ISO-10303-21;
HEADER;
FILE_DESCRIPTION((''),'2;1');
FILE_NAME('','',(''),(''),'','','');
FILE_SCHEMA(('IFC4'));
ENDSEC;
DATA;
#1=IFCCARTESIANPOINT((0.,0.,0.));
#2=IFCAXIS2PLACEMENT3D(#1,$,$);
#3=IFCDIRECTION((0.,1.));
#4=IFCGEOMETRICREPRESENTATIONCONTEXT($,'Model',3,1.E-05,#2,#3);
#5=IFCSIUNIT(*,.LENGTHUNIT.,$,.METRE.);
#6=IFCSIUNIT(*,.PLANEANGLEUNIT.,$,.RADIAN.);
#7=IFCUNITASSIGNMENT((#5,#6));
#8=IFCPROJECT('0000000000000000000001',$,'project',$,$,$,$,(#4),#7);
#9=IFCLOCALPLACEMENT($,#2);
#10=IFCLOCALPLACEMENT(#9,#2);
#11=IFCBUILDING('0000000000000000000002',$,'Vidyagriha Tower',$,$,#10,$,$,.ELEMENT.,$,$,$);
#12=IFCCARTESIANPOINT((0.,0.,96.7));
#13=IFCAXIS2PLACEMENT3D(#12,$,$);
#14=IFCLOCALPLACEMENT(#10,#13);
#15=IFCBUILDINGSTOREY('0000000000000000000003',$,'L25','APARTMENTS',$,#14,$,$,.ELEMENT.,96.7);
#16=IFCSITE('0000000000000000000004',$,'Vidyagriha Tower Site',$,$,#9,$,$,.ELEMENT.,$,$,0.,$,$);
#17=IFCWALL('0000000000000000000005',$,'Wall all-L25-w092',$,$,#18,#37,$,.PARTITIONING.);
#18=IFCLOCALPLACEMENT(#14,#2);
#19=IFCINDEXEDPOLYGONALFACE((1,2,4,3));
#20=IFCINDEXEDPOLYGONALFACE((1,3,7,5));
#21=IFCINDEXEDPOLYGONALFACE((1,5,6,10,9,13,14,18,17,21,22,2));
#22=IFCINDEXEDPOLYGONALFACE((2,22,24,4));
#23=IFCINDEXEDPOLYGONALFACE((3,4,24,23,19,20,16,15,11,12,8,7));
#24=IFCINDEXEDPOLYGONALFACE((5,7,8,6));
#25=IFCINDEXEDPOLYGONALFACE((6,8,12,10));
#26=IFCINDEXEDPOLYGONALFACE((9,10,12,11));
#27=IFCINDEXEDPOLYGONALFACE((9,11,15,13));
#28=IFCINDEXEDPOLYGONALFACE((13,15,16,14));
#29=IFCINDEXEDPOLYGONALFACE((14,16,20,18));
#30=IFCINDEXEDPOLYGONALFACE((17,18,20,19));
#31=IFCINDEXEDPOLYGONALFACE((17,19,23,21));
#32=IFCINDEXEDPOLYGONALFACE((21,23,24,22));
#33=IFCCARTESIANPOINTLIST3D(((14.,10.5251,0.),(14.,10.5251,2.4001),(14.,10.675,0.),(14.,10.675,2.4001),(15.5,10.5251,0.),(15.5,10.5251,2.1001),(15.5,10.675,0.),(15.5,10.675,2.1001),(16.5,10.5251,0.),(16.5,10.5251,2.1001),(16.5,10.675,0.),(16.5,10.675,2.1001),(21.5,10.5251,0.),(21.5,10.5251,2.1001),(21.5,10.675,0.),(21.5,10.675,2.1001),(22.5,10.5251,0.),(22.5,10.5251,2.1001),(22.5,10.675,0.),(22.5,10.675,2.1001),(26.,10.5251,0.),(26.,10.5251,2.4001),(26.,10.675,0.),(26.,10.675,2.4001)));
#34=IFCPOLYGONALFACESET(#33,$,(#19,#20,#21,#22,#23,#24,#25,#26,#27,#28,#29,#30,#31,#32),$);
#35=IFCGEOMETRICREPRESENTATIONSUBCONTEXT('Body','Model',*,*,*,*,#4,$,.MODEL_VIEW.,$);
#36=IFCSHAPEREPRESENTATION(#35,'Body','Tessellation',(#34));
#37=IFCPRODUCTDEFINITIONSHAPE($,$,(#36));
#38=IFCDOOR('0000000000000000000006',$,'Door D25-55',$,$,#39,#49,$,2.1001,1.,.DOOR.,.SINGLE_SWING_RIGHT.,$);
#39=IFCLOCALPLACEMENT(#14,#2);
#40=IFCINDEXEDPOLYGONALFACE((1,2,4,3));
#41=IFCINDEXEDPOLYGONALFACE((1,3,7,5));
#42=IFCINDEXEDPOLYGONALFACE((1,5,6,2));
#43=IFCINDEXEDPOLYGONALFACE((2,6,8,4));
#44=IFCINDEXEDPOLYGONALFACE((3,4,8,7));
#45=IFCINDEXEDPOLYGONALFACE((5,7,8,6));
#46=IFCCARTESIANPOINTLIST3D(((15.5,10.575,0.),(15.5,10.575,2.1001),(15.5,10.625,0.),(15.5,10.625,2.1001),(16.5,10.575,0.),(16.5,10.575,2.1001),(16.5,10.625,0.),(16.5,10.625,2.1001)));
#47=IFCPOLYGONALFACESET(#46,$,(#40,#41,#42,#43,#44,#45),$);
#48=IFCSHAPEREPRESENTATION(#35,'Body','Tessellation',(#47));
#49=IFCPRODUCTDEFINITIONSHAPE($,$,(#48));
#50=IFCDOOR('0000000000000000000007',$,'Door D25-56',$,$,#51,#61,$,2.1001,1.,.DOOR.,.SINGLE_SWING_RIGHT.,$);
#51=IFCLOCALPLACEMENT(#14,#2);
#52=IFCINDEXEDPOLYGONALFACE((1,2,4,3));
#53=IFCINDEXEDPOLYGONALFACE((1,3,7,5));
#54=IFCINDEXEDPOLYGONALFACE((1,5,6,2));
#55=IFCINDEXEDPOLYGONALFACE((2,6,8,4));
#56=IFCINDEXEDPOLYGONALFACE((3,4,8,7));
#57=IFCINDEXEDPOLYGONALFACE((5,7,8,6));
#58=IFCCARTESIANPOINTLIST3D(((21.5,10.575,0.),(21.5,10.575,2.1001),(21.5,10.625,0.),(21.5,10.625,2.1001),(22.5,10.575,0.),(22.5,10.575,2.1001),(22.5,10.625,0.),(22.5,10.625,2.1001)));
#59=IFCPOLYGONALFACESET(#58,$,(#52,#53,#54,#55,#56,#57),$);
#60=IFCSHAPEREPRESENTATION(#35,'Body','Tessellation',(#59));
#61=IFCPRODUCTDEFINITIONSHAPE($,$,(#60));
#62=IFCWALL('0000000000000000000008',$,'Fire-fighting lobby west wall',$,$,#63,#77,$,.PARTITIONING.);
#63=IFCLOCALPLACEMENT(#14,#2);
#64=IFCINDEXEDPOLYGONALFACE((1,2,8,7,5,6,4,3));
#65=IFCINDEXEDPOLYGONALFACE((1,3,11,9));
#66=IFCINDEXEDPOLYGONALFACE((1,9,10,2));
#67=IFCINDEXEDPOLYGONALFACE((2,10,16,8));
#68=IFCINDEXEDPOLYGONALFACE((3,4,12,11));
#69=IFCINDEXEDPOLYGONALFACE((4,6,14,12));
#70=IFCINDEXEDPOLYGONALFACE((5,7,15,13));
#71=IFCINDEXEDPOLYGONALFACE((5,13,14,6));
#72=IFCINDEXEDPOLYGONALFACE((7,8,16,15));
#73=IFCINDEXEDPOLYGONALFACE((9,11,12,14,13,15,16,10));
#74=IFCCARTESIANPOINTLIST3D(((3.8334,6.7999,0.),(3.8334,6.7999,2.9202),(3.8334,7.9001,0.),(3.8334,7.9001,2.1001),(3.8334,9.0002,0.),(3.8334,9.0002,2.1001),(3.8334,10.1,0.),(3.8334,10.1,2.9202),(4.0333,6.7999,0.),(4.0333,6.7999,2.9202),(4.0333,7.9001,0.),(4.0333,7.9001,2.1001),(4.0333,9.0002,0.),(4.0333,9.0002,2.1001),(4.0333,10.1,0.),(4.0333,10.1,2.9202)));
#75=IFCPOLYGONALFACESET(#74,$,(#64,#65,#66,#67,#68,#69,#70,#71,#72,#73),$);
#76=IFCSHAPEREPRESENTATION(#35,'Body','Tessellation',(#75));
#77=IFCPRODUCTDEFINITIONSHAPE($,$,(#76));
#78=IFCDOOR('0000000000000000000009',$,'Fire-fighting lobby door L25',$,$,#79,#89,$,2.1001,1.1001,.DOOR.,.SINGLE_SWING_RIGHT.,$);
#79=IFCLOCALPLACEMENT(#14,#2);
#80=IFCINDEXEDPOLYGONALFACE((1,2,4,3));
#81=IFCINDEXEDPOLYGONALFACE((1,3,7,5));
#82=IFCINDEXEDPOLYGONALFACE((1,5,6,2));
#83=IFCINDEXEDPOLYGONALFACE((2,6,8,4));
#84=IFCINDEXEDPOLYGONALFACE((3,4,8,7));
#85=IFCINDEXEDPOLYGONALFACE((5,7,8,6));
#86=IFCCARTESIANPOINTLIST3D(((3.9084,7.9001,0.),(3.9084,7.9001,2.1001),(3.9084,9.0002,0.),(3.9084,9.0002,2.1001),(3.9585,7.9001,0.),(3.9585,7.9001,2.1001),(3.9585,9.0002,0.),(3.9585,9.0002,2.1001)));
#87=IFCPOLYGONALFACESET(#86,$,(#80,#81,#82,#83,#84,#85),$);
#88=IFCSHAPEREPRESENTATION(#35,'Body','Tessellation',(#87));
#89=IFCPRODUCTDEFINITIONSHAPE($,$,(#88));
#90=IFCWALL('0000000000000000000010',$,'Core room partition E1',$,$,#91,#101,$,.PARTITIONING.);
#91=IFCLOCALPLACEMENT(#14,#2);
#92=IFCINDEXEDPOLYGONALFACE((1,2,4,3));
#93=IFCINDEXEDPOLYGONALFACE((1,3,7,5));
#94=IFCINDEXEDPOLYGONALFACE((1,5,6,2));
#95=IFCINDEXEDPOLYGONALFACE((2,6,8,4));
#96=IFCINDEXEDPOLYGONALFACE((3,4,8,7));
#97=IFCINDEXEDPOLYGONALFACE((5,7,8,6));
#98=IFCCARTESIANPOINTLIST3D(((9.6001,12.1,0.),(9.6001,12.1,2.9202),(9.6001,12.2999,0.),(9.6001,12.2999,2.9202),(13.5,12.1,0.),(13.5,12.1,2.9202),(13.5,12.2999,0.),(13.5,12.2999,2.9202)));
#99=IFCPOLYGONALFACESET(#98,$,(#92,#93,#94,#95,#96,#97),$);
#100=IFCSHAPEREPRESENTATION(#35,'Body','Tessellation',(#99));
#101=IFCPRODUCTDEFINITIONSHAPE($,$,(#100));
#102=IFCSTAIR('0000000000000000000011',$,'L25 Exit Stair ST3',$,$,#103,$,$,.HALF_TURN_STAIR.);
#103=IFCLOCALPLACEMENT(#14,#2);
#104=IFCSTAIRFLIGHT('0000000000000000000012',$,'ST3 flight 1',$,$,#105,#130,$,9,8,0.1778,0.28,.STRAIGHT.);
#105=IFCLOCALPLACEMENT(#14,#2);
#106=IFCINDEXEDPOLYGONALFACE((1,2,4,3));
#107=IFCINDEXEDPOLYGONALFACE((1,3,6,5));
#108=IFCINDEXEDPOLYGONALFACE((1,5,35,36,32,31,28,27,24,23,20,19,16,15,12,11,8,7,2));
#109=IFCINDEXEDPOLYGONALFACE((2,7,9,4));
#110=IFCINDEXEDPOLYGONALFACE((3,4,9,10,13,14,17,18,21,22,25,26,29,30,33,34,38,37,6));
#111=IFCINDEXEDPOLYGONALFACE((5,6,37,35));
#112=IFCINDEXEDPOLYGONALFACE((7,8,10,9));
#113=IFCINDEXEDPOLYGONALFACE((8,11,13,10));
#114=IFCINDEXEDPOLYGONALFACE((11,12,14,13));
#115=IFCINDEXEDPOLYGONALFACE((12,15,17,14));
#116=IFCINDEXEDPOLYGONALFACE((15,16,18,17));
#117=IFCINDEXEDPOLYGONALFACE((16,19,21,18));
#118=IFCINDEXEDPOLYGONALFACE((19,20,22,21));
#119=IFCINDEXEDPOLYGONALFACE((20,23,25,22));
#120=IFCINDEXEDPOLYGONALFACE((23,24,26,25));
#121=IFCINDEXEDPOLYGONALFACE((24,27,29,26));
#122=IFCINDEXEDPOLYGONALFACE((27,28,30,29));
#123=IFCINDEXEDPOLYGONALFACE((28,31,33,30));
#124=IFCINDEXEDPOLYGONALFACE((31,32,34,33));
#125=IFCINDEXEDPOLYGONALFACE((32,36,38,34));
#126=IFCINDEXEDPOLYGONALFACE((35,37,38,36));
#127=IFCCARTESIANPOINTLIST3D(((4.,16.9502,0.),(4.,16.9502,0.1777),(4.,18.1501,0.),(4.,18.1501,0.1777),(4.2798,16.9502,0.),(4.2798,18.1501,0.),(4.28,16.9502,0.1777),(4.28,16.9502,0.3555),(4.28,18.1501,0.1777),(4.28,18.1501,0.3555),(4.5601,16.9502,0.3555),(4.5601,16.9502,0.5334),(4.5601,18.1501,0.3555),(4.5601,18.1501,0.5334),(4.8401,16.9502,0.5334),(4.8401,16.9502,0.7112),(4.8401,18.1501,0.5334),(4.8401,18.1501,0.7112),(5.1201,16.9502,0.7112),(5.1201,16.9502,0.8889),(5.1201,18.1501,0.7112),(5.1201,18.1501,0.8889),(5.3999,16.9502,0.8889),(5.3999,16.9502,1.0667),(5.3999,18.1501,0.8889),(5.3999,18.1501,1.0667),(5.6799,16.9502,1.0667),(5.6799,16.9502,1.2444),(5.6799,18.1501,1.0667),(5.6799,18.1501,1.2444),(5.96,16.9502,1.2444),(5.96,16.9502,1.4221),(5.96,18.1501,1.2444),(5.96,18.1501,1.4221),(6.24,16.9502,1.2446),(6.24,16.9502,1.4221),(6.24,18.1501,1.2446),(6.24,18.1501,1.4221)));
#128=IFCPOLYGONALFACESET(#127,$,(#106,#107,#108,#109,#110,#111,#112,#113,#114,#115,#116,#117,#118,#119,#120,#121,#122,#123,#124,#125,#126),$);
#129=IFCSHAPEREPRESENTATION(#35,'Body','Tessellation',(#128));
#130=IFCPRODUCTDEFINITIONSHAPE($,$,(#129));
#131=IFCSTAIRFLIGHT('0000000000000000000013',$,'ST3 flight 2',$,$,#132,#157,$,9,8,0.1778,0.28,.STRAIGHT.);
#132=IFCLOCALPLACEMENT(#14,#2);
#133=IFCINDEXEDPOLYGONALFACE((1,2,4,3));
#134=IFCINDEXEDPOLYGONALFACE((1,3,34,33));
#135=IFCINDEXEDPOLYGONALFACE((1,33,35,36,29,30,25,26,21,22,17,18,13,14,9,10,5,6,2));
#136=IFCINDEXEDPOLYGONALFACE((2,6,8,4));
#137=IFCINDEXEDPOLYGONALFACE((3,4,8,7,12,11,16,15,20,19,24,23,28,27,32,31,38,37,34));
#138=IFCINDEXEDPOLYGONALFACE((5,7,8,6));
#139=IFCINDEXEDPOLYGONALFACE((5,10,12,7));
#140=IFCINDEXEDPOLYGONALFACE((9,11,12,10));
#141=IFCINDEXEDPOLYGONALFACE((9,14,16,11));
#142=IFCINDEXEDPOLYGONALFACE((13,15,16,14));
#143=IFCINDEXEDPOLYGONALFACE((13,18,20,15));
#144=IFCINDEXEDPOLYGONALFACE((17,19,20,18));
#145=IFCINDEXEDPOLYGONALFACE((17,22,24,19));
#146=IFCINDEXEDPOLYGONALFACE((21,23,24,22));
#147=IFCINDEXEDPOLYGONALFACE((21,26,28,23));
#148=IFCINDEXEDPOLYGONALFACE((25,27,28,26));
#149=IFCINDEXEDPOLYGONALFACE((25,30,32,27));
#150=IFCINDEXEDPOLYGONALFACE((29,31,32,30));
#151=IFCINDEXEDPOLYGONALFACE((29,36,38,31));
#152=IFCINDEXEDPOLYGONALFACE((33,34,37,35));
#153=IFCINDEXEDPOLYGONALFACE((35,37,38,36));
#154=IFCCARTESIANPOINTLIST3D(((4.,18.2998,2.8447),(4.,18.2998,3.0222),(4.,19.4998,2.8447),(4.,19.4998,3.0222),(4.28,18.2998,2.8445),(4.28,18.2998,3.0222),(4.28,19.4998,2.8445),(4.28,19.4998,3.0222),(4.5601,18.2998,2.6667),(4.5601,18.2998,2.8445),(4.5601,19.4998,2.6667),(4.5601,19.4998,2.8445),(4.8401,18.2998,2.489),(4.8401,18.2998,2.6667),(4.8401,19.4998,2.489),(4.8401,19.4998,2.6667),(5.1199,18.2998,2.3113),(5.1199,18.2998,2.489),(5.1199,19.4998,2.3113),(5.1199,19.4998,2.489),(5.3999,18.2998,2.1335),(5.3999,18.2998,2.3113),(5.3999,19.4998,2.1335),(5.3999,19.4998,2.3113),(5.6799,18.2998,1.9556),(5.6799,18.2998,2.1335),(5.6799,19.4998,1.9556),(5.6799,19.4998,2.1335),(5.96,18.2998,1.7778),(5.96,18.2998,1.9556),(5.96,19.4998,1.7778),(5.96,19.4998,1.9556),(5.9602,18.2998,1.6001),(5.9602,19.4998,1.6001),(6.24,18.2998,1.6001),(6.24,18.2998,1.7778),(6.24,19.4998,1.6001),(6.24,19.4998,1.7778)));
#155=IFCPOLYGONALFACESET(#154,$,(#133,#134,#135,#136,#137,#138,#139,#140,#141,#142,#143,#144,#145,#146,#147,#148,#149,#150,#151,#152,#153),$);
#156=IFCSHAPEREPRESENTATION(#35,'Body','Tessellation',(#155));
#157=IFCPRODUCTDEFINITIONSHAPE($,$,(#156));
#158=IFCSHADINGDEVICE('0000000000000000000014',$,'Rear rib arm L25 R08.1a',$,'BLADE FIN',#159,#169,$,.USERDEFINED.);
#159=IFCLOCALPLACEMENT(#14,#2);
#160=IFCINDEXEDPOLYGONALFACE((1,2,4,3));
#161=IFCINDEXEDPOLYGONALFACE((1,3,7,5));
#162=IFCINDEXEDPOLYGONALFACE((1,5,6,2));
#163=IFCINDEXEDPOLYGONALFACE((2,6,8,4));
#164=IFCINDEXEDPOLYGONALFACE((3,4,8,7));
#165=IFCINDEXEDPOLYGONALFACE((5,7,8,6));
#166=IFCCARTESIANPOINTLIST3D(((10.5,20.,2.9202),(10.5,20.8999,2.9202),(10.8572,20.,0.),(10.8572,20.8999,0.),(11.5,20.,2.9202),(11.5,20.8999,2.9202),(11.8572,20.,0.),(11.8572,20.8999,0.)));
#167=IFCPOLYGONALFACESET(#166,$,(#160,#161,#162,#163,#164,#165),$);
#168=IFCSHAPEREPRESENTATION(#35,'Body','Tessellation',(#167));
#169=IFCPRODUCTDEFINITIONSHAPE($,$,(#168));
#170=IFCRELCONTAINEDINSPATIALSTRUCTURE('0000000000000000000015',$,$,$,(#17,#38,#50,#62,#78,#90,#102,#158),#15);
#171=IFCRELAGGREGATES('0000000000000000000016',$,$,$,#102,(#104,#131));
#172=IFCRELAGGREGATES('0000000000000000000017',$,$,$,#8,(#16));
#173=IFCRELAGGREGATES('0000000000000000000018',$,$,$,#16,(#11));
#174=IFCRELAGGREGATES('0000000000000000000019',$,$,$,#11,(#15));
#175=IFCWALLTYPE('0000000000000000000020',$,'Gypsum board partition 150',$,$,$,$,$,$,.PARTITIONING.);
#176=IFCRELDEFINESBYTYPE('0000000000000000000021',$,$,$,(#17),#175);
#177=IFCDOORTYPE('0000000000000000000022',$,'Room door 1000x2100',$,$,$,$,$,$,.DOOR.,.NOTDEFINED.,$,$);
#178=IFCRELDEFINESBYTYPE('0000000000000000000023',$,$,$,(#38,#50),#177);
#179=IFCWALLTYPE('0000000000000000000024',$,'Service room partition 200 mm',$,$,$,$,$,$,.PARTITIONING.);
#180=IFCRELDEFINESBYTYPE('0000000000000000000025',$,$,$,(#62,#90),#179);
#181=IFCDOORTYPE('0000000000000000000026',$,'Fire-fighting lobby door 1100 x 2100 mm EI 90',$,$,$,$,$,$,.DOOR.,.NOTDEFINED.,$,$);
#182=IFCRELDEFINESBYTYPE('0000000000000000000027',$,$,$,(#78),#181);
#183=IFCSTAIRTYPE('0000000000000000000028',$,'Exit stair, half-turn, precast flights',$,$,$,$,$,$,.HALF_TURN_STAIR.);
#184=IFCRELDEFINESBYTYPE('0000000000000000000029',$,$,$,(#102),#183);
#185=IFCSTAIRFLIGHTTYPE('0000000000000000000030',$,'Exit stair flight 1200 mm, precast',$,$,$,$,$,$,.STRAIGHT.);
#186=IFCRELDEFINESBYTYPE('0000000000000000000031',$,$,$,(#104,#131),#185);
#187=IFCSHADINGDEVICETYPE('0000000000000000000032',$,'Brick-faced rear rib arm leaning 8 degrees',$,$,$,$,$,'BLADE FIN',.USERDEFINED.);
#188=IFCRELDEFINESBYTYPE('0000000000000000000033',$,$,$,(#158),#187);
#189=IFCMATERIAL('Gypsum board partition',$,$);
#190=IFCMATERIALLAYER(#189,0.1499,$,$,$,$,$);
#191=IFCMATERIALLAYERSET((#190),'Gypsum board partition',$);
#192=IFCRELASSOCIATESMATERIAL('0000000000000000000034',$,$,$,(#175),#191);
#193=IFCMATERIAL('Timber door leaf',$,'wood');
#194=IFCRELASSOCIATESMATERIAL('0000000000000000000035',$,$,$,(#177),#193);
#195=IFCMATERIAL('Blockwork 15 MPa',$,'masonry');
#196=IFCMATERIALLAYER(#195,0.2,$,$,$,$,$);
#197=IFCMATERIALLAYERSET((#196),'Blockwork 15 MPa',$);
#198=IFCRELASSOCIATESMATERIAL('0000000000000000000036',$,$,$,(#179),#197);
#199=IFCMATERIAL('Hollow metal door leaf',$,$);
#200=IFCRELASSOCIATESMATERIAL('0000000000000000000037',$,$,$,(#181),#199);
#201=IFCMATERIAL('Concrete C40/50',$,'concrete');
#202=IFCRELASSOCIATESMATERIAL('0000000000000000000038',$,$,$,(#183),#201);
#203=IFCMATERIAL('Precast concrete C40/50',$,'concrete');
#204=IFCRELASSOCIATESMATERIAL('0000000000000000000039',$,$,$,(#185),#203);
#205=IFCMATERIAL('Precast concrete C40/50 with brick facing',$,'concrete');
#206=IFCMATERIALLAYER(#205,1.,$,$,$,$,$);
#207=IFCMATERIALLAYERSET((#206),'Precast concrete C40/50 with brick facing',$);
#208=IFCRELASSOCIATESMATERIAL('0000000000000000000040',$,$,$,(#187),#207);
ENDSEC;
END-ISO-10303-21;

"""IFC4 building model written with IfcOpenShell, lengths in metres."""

from ifc_helpers import new_model, si_unit, direction, frame, frame_2d, origin, place, context, subcontext, project, spatial, polyline, rectangle, outline, extrude, material, layer, layer_set, type_object, element, fill, aggregate, save


model = new_model("IFC4")

# Units and contexts
model_context = context("Model", 3, precision=1e-05, world=origin(), true_north=direction((0.0, 1.0)))
body_context = subcontext(model_context, "Body", "Model", "MODEL_VIEW")
ifc_project = project(units=[si_unit("LENGTHUNIT", "METRE"), si_unit("PLANEANGLEUNIT", "RADIAN")], contexts=[model_context])

# Site, building, storey
site_placement = place(None, origin())
site = spatial("IfcSite", under=ifc_project, at=site_placement, Name="Vidyagriha Tower Site", CompositionType="ELEMENT", RefElevation=0.0)
building_placement = place(site_placement, origin())
building = spatial("IfcBuilding", under=site, at=building_placement, Name="Vidyagriha Tower", CompositionType="ELEMENT")
storey_placement = place(building_placement, frame((0.0, 0.0, 96.7)))
storey = spatial("IfcBuildingStorey", under=building, at=storey_placement, Name="L25", Description="APARTMENTS", CompositionType="ELEMENT", Elevation=96.7)

# Wall, openings, doors
ifc_material_1 = material(Name="Gypsum board partition")
ifc_layer_1 = layer(ifc_material_1, 0.1499)
ifc_layer_set_1 = layer_set([ifc_layer_1], Name="Gypsum board partition")
wall_type_1 = type_object("IfcWallType", Name="Gypsum board partition 150", PredefinedType="PARTITIONING", material=ifc_layer_set_1)
wall_1_placement = place(storey_placement, frame((14.0, 10.6001, 0.0)))
wall_1 = element("IfcWall", 1, at=wall_1_placement, inside=storey, type_object=wall_type_1, Name="Wall all-L25-w092", PredefinedType="PARTITIONING", context=body_context, shape_type="SweptSolid", body=[
    extrude(rectangle(XDim=12.0, YDim=0.1499, at=frame_2d((6.0, 0.0))), origin(), (0.0, 0.0, 1.0), 2.4001),
])
opening_1_placement = place(wall_1_placement, frame((1.5, 0.0, 0.0)))
opening_1 = element("IfcOpeningElement", 2, at=opening_1_placement, cuts=wall_1, PredefinedType="OPENING", context=body_context, shape_type="SweptSolid", body=[
    extrude(rectangle(XDim=1.0, YDim=2.1001, at=frame_2d((0.5, 1.05))), frame((0.0, 0.085, 0.0), z_axis=(0.0, -1.0, 0.0), x_axis=(1.0, 0.0, 0.0)), (0.0, 0.0, 1.0), 0.1699),
])
opening_2_placement = place(wall_1_placement, frame((7.5, 0.0, 0.0)))
opening_2 = element("IfcOpeningElement", 3, at=opening_2_placement, cuts=wall_1, PredefinedType="OPENING", context=body_context, shape_type="SweptSolid", body=[
    extrude(rectangle(XDim=1.0, YDim=2.1001, at=frame_2d((0.5, 1.05))), frame((0.0, 0.085, 0.0), z_axis=(0.0, -1.0, 0.0), x_axis=(1.0, 0.0, 0.0)), (0.0, 0.0, 1.0), 0.1699),
])
ifc_material_2 = material(Name="Timber door leaf", Category="wood")
door_type_1 = type_object("IfcDoorType", Name="Room door 1000x2100", OperationType="NOTDEFINED", PredefinedType="DOOR", material=ifc_material_2)
door_1_placement = place(opening_1_placement, origin())
door_1 = element("IfcDoor", 4, at=door_1_placement, inside=storey, type_object=door_type_1, Name="Door D25-55", OperationType="SINGLE_SWING_RIGHT", OverallHeight=2.1001, OverallWidth=1.0, PredefinedType="DOOR", context=body_context, shape_type="SweptSolid", body=[
    extrude(rectangle(XDim=1.0, YDim=2.1001, at=frame_2d((0.5, 1.05))), frame((0.0, 0.0249, 0.0), z_axis=(0.0, -1.0, 0.0), x_axis=(1.0, 0.0, 0.0)), (0.0, 0.0, 1.0), 0.05),
])
fill(opening_1, door_1)
door_2_placement = place(opening_2_placement, origin())
door_2 = element("IfcDoor", 5, at=door_2_placement, inside=storey, type_object=door_type_1, Name="Door D25-56", OperationType="SINGLE_SWING_RIGHT", OverallHeight=2.1001, OverallWidth=1.0, PredefinedType="DOOR", context=body_context, shape_type="SweptSolid", body=[
    extrude(rectangle(XDim=1.0, YDim=2.1001, at=frame_2d((0.5, 1.05))), frame((0.0, 0.0249, 0.0), z_axis=(0.0, -1.0, 0.0), x_axis=(1.0, 0.0, 0.0)), (0.0, 0.0, 1.0), 0.05),
])
fill(opening_2, door_2)

# Wall, opening, door
ifc_material_3 = material(Name="Blockwork 15 MPa", Category="masonry")
ifc_layer_2 = layer(ifc_material_3, 0.2)
ifc_layer_set_2 = layer_set([ifc_layer_2], Name="Blockwork 15 MPa")
wall_type_2 = type_object("IfcWallType", Name="Service room partition 200 mm", PredefinedType="PARTITIONING", material=ifc_layer_set_2)
wall_2_placement = place(storey_placement, frame((3.9333, 6.8, 0.0), z_axis=(0.0, 0.0, 1.0), x_axis=(0.0, 1.0, 0.0)))
wall_2 = element("IfcWall", 6, at=wall_2_placement, inside=storey, type_object=wall_type_2, Name="Fire-fighting lobby west wall", PredefinedType="PARTITIONING", context=body_context, shape_type="SweptSolid", body=[
    extrude(rectangle(XDim=3.3, YDim=0.2, at=frame_2d((1.6499, 0.0))), origin(), (0.0, 0.0, 1.0), 2.9202),
])
opening_3_placement = place(wall_2_placement, frame((1.1001, 0.0, 0.0)))
opening_3 = element("IfcOpeningElement", 7, at=opening_3_placement, cuts=wall_2, PredefinedType="OPENING", context=body_context, shape_type="SweptSolid", body=[
    extrude(rectangle(XDim=1.1001, YDim=2.1001, at=frame_2d((0.55, 1.05))), frame((0.0, 0.1099, 0.0), z_axis=(0.0, -1.0, 0.0), x_axis=(1.0, 0.0, 0.0)), (0.0, 0.0, 1.0), 0.22),
])
ifc_material_4 = material(Name="Hollow metal door leaf")
door_type_2 = type_object("IfcDoorType", Name="Fire-fighting lobby door 1100 x 2100 mm EI 90", OperationType="NOTDEFINED", PredefinedType="DOOR", material=ifc_material_4)
door_3_placement = place(opening_3_placement, origin())
door_3 = element("IfcDoor", 8, at=door_3_placement, inside=storey, type_object=door_type_2, Name="Fire-fighting lobby door L25", OperationType="SINGLE_SWING_RIGHT", OverallHeight=2.1001, OverallWidth=1.1001, PredefinedType="DOOR", context=body_context, shape_type="SweptSolid", body=[
    extrude(rectangle(XDim=1.1001, YDim=2.1001, at=frame_2d((0.55, 1.05))), frame((0.0, 0.0249, 0.0), z_axis=(0.0, -1.0, 0.0), x_axis=(1.0, 0.0, 0.0)), (0.0, 0.0, 1.0), 0.05),
])
fill(opening_3, door_3)

# Wall
wall_3_placement = place(storey_placement, frame((9.6001, 12.2, 0.0)))
element("IfcWall", 9, at=wall_3_placement, inside=storey, type_object=wall_type_2, Name="Core room partition E1", PredefinedType="PARTITIONING", context=body_context, shape_type="SweptSolid", body=[
    extrude(rectangle(XDim=3.8999, YDim=0.2, at=frame_2d((1.95, 0.0))), origin(), (0.0, 0.0, 1.0), 2.9202),
])

# Stair, stair flights
ifc_material_5 = material(Name="Concrete C40/50", Category="concrete")
stair_type = type_object("IfcStairType", Name="Exit stair, half-turn, precast flights", PredefinedType="HALF_TURN_STAIR", material=ifc_material_5)
stair_placement = place(storey_placement, origin())
stair = element("IfcStair", 10, at=stair_placement, inside=storey, type_object=stair_type, Name="L25 Exit Stair ST3", PredefinedType="HALF_TURN_STAIR")
ifc_material_6 = material(Name="Precast concrete C40/50", Category="concrete")
stair_flight_type = type_object("IfcStairFlightType", Name="Exit stair flight 1200 mm, precast", PredefinedType="STRAIGHT", material=ifc_material_6)
stair_flight_1_placement = place(storey_placement, frame((4.0, 17.55, 0.0)))
stair_flight_1 = element("IfcStairFlight", 11, at=stair_flight_1_placement, type_object=stair_flight_type, Name="ST3 flight 1", NumberOfRisers=9, NumberOfTreads=8, PredefinedType="STRAIGHT", RiserHeight=0.1778, TreadLength=0.28, context=body_context, shape_type="SweptSolid", body=[
    extrude(outline(polyline([(0.0, 0.0), (0.0, 0.1777), (0.28, 0.1777), (0.28, 0.3555), (0.5601, 0.3555), (0.5601, 0.5334), (0.8401, 0.5334), (0.8401, 0.7112), (1.1201, 0.7112), (1.1201, 0.8889), (1.3999, 0.8889), (1.3999, 1.0667), (1.6799, 1.0667), (1.6799, 1.2444), (1.96, 1.2444), (1.96, 1.4221), (2.24, 1.4221), (2.24, 1.6001), (2.24, 1.2446), (0.2798, 0.0), (0.0, 0.0)])), frame((0.0, 0.6001, 0.0), z_axis=(0.0, -1.0, 0.0), x_axis=(1.0, 0.0, 0.0)), (0.0, 0.0, 1.0), 1.2),
])
stair_flight_2_placement = place(storey_placement, frame((6.24, 18.8999, 1.6001), z_axis=(0.0, 0.0, 1.0), x_axis=(-1.0, 0.0, 0.0)))
stair_flight_2 = element("IfcStairFlight", 12, at=stair_flight_2_placement, type_object=stair_flight_type, Name="ST3 flight 2", NumberOfRisers=9, NumberOfTreads=8, PredefinedType="STRAIGHT", RiserHeight=0.1778, TreadLength=0.28, context=body_context, shape_type="SweptSolid", body=[
    extrude(outline(polyline([(0.0, 0.0), (0.0, 0.1777), (0.28, 0.1777), (0.28, 0.3555), (0.5601, 0.3555), (0.5601, 0.5334), (0.8401, 0.5334), (0.8401, 0.7112), (1.1201, 0.7112), (1.1201, 0.8889), (1.3999, 0.8889), (1.3999, 1.0667), (1.6799, 1.0667), (1.6799, 1.2444), (1.96, 1.2444), (1.96, 1.4221), (2.24, 1.4221), (2.24, 1.6001), (2.24, 1.2446), (0.2798, 0.0), (0.0, 0.0)])), frame((0.0, 0.6001, 0.0), z_axis=(0.0, -1.0, 0.0), x_axis=(1.0, 0.0, 0.0)), (0.0, 0.0, 1.0), 1.2),
])
aggregate(stair, [stair_flight_1, stair_flight_2])

# Shading device
ifc_material_7 = material(Name="Precast concrete C40/50 with brick facing", Category="concrete")
ifc_layer_3 = layer(ifc_material_7, 1.0)
ifc_layer_set_3 = layer_set([ifc_layer_3], Name="Precast concrete C40/50 with brick facing")
shading_device_type = type_object("IfcShadingDeviceType", Name="Brick-faced rear rib arm leaning 8 degrees", ElementType="BLADE FIN", PredefinedType="USERDEFINED", material=ifc_layer_set_3)
shading_device_1_placement = place(storey_placement, frame((11.8572, 20.45, 0.0), z_axis=(0.0, 0.0, 1.0), x_axis=(-1.0, 0.0, 0.0)))
element("IfcShadingDevice", 13, at=shading_device_1_placement, inside=storey, type_object=shading_device_type, Name="Rear rib arm L25 R08.1a", ObjectType="BLADE FIN", PredefinedType="USERDEFINED", context=body_context, shape_type="SweptSolid", body=[
    extrude(outline(polyline([(0.0, 0.0), (1.0, 0.0), (1.3572, 2.9202), (0.3572, 2.9202), (0.0, 0.0)])), frame((0.0, 0.45, 0.0), z_axis=(0.0, -1.0, 0.0), x_axis=(1.0, 0.0, 0.0)), (0.0, 0.0, 1.0), 0.8999),
])

save(model, "model.ifc")
